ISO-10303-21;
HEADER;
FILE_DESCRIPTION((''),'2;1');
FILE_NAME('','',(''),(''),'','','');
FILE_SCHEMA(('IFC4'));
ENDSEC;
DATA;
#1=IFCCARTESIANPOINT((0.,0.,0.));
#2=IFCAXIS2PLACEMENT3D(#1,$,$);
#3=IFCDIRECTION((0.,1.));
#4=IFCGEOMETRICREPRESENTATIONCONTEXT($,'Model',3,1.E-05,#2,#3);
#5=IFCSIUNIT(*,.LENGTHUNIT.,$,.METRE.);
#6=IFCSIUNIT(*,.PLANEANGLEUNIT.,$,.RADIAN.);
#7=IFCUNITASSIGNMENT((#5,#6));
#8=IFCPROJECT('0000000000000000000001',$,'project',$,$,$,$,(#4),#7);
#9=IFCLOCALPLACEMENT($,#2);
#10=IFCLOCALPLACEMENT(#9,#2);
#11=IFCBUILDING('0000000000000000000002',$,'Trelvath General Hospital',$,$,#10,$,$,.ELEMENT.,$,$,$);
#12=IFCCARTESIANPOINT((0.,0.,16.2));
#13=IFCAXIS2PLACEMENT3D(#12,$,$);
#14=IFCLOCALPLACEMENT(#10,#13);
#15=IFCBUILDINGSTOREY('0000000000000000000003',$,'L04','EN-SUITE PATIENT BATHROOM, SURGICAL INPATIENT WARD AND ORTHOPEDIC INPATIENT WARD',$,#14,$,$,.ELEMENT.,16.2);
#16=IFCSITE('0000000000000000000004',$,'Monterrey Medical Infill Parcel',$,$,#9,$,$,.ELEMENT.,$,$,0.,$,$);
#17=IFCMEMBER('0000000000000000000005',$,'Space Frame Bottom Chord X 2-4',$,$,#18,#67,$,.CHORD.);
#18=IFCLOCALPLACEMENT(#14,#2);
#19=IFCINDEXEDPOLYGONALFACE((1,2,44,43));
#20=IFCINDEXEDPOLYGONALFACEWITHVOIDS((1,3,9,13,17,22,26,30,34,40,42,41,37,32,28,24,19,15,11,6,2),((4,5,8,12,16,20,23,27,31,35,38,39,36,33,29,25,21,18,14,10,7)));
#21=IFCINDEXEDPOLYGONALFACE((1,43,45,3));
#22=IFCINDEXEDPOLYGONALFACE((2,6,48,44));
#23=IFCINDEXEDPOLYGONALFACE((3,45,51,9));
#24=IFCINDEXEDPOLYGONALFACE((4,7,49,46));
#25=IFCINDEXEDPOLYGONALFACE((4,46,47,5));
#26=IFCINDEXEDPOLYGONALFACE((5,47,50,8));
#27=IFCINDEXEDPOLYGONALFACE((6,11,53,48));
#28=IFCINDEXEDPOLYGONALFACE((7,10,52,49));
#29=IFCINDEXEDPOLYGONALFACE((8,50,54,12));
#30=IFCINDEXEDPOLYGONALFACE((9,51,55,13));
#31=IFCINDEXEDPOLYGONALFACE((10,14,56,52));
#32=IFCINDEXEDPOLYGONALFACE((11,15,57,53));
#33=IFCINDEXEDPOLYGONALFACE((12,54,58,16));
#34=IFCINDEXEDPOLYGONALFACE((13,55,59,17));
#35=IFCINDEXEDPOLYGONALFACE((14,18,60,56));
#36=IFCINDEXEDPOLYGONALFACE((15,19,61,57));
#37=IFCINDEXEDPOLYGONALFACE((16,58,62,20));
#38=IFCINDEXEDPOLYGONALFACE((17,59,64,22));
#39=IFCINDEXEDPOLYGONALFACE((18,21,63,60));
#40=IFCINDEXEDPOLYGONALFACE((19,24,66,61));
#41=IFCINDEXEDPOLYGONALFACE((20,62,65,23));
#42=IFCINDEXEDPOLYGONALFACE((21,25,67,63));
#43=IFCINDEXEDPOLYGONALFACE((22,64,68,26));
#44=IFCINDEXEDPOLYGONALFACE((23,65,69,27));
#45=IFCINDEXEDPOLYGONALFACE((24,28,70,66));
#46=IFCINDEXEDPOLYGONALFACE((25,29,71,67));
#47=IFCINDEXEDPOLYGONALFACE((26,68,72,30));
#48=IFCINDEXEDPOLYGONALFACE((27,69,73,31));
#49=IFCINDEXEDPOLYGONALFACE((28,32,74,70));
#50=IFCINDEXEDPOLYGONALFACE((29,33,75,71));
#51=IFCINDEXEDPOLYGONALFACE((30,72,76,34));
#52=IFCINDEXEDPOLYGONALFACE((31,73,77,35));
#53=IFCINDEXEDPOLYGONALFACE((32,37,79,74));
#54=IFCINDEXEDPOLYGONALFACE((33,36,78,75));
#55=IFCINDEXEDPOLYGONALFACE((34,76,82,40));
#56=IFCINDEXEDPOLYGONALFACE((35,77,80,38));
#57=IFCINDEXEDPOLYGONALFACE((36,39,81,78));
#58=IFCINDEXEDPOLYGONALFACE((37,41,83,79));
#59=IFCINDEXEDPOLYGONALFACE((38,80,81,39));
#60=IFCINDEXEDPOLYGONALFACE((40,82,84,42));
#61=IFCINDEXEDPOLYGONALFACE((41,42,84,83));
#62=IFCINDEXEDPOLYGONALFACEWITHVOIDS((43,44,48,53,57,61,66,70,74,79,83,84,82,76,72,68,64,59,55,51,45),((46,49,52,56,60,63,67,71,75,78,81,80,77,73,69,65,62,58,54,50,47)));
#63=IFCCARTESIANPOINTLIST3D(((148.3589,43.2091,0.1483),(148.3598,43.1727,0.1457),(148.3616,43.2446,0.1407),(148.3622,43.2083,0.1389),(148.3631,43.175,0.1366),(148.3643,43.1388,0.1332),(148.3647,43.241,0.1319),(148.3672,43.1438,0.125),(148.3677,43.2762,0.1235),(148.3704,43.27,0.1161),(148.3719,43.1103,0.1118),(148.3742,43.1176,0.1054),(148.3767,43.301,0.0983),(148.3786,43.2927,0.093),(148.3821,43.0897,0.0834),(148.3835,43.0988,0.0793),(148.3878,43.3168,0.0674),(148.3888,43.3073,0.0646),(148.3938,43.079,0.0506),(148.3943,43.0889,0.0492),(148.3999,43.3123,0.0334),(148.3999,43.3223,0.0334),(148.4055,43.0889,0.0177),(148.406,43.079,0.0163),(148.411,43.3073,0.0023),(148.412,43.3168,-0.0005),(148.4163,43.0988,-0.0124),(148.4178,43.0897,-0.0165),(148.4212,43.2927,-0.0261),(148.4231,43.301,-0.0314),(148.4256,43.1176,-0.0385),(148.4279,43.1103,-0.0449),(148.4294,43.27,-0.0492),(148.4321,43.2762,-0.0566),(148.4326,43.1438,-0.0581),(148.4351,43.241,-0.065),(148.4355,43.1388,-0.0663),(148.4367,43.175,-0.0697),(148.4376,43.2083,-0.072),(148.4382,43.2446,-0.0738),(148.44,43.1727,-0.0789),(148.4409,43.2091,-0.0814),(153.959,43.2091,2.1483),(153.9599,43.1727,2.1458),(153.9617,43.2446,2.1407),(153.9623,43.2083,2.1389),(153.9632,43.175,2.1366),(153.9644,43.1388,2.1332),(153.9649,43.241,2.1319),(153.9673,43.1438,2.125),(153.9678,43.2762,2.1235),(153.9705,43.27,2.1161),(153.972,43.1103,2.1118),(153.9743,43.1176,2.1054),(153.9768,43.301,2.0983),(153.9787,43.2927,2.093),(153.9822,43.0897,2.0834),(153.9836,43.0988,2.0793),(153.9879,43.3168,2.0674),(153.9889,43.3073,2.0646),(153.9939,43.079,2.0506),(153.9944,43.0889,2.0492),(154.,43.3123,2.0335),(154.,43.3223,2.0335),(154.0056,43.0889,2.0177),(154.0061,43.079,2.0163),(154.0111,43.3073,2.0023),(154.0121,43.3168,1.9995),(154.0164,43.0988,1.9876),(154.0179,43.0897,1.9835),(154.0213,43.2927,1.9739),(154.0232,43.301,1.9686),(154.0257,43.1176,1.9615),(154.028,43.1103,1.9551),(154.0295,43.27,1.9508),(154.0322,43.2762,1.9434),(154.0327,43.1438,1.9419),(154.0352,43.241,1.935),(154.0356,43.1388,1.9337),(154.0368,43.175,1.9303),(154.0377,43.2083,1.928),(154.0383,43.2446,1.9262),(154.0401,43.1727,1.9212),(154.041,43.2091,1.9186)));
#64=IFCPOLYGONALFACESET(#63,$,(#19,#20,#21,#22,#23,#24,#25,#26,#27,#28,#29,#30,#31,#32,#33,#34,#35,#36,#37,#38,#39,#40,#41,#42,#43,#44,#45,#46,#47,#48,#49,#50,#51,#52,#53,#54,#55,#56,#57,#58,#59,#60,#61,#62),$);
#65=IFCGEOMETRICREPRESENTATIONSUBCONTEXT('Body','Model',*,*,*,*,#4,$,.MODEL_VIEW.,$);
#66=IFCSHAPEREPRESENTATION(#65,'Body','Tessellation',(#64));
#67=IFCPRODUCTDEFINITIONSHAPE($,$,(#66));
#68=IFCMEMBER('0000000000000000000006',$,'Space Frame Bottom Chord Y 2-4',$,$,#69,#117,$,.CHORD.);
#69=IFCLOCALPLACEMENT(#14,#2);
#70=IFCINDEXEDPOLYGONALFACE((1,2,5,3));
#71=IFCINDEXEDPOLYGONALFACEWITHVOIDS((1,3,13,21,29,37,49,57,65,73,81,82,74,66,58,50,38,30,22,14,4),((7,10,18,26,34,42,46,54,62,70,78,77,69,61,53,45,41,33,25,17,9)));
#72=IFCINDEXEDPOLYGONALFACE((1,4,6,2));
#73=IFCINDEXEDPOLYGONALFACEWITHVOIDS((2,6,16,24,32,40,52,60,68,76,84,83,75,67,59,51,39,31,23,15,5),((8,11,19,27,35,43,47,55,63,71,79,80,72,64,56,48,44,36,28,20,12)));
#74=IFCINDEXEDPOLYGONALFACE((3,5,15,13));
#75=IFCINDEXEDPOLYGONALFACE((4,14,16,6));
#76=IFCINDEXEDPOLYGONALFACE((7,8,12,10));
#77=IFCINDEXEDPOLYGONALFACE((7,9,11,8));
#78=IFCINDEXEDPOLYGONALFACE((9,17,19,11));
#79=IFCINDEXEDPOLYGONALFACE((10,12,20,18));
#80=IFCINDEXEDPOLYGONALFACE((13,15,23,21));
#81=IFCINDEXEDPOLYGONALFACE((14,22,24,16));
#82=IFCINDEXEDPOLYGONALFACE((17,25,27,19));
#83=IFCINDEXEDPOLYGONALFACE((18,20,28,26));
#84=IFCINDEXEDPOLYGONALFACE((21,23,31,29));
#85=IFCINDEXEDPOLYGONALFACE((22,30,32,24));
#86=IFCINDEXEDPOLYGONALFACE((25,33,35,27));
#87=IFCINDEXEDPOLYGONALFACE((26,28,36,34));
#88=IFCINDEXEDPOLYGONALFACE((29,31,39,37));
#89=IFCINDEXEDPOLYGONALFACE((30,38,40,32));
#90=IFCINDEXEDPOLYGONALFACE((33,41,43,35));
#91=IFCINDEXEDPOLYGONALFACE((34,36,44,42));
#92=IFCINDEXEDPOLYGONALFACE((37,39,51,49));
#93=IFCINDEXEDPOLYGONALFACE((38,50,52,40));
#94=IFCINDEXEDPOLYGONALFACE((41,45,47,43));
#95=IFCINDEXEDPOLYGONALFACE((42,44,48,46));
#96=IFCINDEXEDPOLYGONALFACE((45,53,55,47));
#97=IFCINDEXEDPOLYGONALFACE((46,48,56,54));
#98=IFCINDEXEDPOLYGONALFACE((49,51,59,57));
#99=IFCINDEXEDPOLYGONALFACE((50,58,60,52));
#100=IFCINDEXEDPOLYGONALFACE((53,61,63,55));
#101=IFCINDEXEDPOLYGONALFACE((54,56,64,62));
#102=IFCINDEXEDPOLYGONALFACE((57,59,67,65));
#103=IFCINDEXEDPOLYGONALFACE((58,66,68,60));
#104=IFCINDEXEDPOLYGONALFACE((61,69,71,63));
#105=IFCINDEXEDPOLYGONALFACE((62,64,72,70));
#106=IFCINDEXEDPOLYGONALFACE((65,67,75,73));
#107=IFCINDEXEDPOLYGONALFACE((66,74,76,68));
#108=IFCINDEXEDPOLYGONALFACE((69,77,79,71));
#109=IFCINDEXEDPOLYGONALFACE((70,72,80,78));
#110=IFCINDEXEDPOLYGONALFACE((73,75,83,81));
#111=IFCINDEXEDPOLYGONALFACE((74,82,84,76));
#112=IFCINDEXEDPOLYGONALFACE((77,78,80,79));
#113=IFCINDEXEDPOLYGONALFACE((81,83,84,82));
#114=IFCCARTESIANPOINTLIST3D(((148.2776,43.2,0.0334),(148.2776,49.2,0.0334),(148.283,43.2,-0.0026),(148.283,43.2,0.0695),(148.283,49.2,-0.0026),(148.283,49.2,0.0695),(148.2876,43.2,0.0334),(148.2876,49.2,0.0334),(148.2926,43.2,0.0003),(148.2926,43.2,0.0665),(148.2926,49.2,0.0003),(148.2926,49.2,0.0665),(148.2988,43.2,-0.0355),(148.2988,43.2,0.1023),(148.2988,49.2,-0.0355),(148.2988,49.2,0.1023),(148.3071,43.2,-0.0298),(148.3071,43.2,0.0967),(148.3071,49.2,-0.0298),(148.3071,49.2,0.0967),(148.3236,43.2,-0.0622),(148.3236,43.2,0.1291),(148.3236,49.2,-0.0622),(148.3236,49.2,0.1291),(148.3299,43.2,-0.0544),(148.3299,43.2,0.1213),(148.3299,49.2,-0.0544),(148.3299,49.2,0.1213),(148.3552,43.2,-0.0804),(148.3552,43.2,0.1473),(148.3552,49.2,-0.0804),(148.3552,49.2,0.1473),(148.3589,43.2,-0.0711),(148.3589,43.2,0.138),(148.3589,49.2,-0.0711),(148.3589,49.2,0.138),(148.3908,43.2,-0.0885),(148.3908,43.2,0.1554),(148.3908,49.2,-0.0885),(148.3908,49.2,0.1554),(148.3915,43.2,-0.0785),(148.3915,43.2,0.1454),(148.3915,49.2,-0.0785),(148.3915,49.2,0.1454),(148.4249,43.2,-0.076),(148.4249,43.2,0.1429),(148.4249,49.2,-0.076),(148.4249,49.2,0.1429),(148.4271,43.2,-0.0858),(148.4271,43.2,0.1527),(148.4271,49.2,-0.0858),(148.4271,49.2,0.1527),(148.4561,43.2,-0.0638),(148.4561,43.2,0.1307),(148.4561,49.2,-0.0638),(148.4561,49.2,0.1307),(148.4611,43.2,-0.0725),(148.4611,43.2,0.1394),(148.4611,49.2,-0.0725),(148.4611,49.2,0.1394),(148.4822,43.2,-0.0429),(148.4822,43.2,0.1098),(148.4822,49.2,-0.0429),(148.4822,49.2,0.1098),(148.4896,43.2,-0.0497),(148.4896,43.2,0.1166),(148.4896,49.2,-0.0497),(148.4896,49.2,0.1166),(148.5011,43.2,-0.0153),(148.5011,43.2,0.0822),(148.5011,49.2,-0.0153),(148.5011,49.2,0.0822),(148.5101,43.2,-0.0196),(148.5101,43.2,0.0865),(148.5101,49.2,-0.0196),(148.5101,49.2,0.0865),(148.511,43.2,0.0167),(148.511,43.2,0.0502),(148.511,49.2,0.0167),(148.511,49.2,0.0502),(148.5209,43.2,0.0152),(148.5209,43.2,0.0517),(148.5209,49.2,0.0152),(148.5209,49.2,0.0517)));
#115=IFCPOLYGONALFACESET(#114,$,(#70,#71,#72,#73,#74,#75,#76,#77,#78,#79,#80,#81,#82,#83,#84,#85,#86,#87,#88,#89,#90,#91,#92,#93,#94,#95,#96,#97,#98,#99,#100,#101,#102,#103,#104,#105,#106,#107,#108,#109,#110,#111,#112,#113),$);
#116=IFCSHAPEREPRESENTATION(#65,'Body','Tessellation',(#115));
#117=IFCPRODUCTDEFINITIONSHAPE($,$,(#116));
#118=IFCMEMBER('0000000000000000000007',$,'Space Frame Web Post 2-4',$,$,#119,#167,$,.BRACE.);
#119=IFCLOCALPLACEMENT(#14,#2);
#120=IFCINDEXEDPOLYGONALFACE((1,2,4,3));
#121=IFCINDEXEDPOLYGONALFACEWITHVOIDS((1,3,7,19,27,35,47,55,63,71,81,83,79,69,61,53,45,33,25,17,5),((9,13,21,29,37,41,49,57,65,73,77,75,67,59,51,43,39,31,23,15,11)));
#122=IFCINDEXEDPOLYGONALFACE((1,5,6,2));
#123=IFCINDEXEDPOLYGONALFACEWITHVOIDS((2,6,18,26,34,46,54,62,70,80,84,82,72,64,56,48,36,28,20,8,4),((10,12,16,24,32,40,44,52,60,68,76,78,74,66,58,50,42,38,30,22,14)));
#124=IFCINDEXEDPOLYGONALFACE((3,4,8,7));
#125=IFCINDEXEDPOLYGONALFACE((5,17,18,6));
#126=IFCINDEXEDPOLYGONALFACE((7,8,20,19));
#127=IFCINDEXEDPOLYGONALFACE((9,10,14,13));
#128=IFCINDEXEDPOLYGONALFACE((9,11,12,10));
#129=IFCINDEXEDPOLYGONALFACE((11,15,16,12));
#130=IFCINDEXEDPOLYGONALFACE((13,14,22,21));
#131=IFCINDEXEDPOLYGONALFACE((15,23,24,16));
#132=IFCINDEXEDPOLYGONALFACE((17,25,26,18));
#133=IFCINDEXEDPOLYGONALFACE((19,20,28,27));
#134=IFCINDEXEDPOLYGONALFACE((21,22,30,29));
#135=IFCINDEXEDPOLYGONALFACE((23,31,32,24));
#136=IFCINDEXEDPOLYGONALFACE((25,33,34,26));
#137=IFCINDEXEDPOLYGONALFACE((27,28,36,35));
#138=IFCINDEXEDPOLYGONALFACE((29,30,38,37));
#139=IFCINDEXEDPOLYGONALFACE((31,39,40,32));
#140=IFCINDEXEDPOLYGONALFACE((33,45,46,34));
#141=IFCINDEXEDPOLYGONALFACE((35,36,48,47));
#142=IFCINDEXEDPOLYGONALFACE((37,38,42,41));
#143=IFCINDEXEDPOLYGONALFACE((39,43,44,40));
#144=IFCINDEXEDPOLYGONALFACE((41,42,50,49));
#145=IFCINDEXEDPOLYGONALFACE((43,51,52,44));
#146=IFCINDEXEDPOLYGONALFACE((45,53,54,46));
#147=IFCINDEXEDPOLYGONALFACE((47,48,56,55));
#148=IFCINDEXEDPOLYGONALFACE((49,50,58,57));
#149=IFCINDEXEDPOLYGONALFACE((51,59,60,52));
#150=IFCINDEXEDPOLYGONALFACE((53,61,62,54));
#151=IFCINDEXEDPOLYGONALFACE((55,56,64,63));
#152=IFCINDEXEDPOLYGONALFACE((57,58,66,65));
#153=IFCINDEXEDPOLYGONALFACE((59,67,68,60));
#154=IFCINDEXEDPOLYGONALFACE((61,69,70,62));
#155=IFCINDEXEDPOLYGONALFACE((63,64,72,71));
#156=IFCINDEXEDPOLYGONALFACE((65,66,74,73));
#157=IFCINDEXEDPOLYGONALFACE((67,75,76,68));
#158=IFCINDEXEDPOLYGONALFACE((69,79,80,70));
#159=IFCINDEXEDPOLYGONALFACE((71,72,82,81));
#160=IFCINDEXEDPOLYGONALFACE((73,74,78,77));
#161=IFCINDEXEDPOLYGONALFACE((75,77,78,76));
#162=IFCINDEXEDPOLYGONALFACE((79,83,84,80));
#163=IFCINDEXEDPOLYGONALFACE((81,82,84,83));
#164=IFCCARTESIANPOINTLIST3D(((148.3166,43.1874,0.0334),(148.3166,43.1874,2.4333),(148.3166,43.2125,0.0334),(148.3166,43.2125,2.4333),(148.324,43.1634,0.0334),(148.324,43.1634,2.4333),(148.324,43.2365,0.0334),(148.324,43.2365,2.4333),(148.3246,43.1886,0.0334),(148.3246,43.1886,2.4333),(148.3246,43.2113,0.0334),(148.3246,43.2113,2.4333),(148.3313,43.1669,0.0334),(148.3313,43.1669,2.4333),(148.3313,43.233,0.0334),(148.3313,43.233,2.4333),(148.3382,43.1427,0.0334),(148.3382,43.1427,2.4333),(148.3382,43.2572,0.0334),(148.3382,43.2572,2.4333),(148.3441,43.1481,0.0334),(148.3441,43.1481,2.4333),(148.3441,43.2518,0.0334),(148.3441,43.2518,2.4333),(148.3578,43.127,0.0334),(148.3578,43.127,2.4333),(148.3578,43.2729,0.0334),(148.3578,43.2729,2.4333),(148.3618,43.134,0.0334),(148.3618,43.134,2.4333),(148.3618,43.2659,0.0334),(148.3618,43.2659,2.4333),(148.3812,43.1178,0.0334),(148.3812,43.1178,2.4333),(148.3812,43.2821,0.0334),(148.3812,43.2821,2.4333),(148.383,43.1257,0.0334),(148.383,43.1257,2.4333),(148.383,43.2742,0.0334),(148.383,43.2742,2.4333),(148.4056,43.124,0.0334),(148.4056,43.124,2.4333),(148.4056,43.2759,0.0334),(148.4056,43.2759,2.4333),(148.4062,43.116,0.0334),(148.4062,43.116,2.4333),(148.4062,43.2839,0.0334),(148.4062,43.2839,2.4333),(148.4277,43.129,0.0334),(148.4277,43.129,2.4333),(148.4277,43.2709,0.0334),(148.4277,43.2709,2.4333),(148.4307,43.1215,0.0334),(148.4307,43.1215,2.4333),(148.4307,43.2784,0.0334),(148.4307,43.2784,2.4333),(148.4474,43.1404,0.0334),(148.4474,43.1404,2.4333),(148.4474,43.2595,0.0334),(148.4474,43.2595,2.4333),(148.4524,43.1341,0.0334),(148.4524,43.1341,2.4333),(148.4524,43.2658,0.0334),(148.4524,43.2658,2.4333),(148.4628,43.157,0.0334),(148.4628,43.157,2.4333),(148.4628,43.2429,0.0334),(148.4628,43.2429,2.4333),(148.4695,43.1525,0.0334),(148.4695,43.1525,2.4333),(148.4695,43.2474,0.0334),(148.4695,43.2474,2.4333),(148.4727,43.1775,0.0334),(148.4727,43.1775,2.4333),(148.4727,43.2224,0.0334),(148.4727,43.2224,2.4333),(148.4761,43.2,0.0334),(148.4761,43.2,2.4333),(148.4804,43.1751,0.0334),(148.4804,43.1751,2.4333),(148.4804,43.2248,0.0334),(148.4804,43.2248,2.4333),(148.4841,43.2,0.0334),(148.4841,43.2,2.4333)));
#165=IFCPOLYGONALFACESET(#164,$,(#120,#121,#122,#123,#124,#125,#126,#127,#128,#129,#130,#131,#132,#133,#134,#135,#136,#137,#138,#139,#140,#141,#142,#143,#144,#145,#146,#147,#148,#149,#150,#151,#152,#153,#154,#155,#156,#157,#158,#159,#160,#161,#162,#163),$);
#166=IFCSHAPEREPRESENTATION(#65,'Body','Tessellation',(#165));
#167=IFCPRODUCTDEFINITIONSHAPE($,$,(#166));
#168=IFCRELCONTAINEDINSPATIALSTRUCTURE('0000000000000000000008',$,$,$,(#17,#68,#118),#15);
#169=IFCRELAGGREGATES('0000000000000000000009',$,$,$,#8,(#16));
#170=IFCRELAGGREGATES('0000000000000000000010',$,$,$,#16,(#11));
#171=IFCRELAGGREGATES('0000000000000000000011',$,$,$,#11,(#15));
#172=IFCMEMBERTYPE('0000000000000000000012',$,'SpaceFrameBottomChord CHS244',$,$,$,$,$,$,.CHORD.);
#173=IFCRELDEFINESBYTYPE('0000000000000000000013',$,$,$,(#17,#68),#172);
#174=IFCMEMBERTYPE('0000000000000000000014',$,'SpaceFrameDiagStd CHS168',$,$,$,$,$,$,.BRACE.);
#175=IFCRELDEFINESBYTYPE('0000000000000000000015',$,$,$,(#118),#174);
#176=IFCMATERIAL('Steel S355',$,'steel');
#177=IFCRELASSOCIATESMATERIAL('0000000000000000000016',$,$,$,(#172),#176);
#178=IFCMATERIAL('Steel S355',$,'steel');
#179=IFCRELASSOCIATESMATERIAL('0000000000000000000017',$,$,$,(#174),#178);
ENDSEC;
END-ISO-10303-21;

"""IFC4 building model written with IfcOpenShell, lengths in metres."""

from ifc_helpers import new_model, si_unit, direction, frame, origin, origin_2d, place, context, subcontext, project, spatial, hollow_circle, extrude, material, material_profile, profile_set, type_object, element, save


model = new_model("IFC4")

# Units and contexts
model_context = context("Model", 3, precision=1e-05, world=origin(), true_north=direction((0.0, 1.0)))
body_context = subcontext(model_context, "Body", "Model", "MODEL_VIEW")
ifc_project = project(units=[si_unit("LENGTHUNIT", "METRE"), si_unit("PLANEANGLEUNIT", "RADIAN")], contexts=[model_context])

# Site, building, storey
site_placement = place(None, origin())
site = spatial("IfcSite", under=ifc_project, at=site_placement, Name="Monterrey Medical Infill Parcel", CompositionType="ELEMENT", RefElevation=0.0)
building_placement = place(site_placement, origin())
building = spatial("IfcBuilding", under=site, at=building_placement, Name="Trelvath General Hospital", CompositionType="ELEMENT")
storey_placement = place(building_placement, frame((0.0, 0.0, 16.2)))
storey = spatial("IfcBuildingStorey", under=building, at=storey_placement, Name="L04", Description="EN-SUITE PATIENT BATHROOM, SURGICAL INPATIENT WARD AND ORTHOPEDIC INPATIENT WARD", CompositionType="ELEMENT", Elevation=16.2)

# Members
ifc_material_1 = material(Name="Steel S355", Category="steel")
ifc_material_profile_1 = material_profile(ifc_material_1, hollow_circle(Radius=0.1223, WallThickness=0.01, at=origin_2d()), Name="CHS244.5x10.0")
ifc_profile_set_1 = profile_set([ifc_material_profile_1], Name="Steel S355")
member_type_1 = type_object("IfcMemberType", Name="SpaceFrameBottomChord CHS244", PredefinedType="CHORD", material=ifc_profile_set_1)
member_1_placement = place(storey_placement, frame((148.3999, 43.2, 0.0334), z_axis=(0.941744, 0.0, 0.336331), x_axis=(0.0, 1.0, 0.0)))
element("IfcMember", 1, at=member_1_placement, inside=storey, type_object=member_type_1, Name="Space Frame Bottom Chord X 2-4", PredefinedType="CHORD", context=body_context, shape_type="SweptSolid", body=[
    extrude(hollow_circle(Radius=0.1223, WallThickness=0.01, at=origin_2d()), origin(), (0.0, 0.0, 1.0), 5.9465),
])
member_2_placement = place(storey_placement, frame((148.3999, 43.2, 0.0334), z_axis=(0.0, 1.0, 0.0), x_axis=(-1.0, 0.0, 0.0)))
element("IfcMember", 2, at=member_2_placement, inside=storey, type_object=member_type_1, Name="Space Frame Bottom Chord Y 2-4", PredefinedType="CHORD", context=body_context, shape_type="SweptSolid", body=[
    extrude(hollow_circle(Radius=0.1223, WallThickness=0.01, at=origin_2d()), origin(), (0.0, 0.0, 1.0), 6.0),
])
ifc_material_2 = material(Name="Steel S355", Category="steel")
ifc_material_profile_2 = material_profile(ifc_material_2, hollow_circle(Radius=0.0842, WallThickness=0.0081, at=origin_2d()), Name="CHS168.3x8.0")
ifc_profile_set_2 = profile_set([ifc_material_profile_2], Name="Steel S355")
member_type_2 = type_object("IfcMemberType", Name="SpaceFrameDiagStd CHS168", PredefinedType="BRACE", material=ifc_profile_set_2)
member_3_placement = place(storey_placement, frame((148.3999, 43.2, 0.0334), z_axis=(0.0, 0.0, 1.0), x_axis=(1.0, 0.0, 0.0)))
element("IfcMember", 3, at=member_3_placement, inside=storey, type_object=member_type_2, Name="Space Frame Web Post 2-4", PredefinedType="BRACE", context=body_context, shape_type="SweptSolid", body=[
    extrude(hollow_circle(Radius=0.0842, WallThickness=0.0081, at=origin_2d()), origin(), (0.0, 0.0, 1.0), 2.3999),
])

save(model, "model.ifc")
